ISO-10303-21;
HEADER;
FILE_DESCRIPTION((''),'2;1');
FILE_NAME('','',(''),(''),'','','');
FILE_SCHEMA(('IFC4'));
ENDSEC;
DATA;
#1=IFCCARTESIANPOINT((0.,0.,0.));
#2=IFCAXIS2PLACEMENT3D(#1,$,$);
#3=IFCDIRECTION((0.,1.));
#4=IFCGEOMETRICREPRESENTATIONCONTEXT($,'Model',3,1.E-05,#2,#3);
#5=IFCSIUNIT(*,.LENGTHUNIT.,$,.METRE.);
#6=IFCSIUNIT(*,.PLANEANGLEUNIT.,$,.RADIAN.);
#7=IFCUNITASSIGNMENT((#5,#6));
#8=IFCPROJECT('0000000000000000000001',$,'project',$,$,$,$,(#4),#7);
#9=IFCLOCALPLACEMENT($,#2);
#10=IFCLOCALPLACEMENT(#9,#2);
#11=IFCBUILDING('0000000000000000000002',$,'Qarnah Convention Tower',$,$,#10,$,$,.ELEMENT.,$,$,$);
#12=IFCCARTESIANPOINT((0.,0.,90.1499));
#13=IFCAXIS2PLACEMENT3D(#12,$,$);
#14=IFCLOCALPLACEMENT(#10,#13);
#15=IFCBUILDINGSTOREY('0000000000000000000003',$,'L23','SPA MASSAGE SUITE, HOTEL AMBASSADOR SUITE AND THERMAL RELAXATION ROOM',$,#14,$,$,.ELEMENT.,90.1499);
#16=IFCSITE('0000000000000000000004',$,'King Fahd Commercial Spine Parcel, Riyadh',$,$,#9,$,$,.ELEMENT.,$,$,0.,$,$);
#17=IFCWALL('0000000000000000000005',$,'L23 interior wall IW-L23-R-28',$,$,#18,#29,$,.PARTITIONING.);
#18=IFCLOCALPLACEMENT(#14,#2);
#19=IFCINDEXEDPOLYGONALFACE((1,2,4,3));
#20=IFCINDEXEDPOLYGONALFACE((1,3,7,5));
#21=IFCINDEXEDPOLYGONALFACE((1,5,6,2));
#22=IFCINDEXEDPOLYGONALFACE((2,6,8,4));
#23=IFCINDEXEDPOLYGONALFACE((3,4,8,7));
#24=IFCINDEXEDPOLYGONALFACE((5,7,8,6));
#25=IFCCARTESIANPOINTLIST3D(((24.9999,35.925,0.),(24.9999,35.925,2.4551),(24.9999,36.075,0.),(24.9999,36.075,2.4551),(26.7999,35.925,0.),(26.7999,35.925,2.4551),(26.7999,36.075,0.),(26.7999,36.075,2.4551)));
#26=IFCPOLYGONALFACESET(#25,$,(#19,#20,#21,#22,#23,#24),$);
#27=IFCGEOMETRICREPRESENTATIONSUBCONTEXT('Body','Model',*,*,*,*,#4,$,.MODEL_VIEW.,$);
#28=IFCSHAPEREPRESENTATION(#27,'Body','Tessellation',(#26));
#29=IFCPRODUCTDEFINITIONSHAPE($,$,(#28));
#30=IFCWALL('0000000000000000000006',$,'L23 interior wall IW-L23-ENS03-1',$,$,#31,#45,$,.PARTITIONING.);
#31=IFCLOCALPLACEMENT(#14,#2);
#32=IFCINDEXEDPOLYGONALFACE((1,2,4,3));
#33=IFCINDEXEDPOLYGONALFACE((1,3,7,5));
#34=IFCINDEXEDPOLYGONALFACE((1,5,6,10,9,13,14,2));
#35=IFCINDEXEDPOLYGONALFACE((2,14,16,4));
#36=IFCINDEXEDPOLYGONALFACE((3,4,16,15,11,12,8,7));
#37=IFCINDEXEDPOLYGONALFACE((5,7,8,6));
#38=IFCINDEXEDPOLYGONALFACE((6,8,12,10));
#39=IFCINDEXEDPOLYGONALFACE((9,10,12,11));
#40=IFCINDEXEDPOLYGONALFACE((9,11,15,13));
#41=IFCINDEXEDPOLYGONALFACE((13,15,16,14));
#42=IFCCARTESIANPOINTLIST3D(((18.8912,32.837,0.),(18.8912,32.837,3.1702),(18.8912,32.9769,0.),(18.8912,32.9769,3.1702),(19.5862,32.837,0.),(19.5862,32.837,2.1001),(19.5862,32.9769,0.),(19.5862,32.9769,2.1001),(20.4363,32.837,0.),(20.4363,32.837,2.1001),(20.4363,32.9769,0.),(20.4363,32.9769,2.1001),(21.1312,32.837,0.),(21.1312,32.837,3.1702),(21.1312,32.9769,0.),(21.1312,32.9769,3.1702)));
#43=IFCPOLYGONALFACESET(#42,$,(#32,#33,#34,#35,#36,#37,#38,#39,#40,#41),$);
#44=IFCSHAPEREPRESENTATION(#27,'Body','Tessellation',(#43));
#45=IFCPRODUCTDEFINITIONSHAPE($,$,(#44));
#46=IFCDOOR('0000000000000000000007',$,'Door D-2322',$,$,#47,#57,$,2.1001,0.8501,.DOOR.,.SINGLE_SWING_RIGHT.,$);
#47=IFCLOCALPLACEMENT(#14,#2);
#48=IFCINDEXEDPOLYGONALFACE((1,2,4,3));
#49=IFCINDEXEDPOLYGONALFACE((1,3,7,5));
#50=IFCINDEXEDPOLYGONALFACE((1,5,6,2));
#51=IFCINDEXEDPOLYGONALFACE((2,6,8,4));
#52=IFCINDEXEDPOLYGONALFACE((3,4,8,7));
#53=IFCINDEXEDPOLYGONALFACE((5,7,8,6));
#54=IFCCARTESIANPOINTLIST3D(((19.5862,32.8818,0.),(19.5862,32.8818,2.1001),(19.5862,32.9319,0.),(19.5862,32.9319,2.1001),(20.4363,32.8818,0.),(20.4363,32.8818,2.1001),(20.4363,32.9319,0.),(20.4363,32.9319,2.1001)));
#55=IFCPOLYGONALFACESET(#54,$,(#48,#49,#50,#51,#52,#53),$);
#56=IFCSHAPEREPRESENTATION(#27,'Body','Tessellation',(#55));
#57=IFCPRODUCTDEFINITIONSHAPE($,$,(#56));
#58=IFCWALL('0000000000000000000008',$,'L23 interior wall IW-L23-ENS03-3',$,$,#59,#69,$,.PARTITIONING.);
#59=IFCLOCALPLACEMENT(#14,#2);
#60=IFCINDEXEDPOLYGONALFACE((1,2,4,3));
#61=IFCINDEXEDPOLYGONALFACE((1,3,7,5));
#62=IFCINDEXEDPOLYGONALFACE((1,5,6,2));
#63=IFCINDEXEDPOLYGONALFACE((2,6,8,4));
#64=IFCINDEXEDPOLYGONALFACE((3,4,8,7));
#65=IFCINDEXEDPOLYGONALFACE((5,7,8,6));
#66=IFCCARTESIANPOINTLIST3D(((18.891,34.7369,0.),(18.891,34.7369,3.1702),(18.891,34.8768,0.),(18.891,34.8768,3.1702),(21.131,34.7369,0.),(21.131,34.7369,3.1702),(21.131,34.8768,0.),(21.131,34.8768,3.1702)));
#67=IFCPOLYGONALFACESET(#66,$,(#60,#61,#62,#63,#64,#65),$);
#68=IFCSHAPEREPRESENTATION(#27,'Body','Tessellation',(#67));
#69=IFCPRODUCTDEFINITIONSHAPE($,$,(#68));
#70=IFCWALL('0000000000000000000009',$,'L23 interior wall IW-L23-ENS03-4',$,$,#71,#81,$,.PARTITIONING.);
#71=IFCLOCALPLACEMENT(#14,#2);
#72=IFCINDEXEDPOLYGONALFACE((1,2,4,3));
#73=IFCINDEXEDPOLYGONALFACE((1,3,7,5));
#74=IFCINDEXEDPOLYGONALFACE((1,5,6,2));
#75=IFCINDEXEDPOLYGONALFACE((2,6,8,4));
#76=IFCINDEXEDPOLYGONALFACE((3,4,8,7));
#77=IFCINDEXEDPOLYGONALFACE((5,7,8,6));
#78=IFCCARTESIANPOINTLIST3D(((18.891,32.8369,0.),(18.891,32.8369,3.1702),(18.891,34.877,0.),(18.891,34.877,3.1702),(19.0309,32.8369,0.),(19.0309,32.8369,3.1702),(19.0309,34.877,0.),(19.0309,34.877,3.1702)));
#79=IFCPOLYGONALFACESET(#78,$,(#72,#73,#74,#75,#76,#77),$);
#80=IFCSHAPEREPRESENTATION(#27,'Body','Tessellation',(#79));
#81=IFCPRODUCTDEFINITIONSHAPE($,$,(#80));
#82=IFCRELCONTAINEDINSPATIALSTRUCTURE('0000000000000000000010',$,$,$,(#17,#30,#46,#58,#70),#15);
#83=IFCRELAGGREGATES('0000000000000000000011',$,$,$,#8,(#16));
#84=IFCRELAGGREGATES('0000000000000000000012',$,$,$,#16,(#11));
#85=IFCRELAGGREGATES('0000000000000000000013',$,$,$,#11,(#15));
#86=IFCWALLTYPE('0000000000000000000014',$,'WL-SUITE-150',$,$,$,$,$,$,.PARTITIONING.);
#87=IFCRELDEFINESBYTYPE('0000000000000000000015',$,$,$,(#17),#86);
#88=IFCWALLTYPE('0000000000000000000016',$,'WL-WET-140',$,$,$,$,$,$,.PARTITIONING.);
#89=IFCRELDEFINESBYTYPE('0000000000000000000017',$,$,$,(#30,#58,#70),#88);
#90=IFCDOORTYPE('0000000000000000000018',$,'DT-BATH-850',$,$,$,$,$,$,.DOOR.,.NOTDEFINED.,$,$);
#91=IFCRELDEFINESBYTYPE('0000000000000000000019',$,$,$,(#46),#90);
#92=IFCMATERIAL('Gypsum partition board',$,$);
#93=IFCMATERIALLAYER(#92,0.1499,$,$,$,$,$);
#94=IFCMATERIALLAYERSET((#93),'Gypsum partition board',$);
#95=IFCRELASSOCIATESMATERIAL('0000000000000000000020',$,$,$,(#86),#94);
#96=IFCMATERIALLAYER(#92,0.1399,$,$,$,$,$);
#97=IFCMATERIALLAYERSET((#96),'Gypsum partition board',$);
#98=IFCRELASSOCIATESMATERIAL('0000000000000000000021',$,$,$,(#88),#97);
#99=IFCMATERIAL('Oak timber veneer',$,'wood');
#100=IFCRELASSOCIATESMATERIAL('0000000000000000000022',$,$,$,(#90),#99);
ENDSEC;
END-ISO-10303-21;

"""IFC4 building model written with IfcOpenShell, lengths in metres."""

from ifc_helpers import new_model, si_unit, direction, frame, frame_2d, origin, place, context, subcontext, project, spatial, rectangle, extrude, material, layer, layer_set, type_object, element, fill, save


model = new_model("IFC4")

# Units and contexts
model_context = context("Model", 3, precision=1e-05, world=origin(), true_north=direction((0.0, 1.0)))
body_context = subcontext(model_context, "Body", "Model", "MODEL_VIEW")
ifc_project = project(units=[si_unit("LENGTHUNIT", "METRE"), si_unit("PLANEANGLEUNIT", "RADIAN")], contexts=[model_context])

# Site, building, storey
site_placement = place(None, origin())
site = spatial("IfcSite", under=ifc_project, at=site_placement, Name="King Fahd Commercial Spine Parcel, Riyadh", CompositionType="ELEMENT", RefElevation=0.0)
building_placement = place(site_placement, origin())
building = spatial("IfcBuilding", under=site, at=building_placement, Name="Qarnah Convention Tower", CompositionType="ELEMENT")
storey_placement = place(building_placement, frame((0.0, 0.0, 90.1499)))
storey = spatial("IfcBuildingStorey", under=building, at=storey_placement, Name="L23", Description="SPA MASSAGE SUITE, HOTEL AMBASSADOR SUITE AND THERMAL RELAXATION ROOM", CompositionType="ELEMENT", Elevation=90.1499)

# Wall
ifc_material_1 = material(Name="Gypsum partition board")
ifc_layer_1 = layer(ifc_material_1, 0.1499)
ifc_layer_set_1 = layer_set([ifc_layer_1], Name="Gypsum partition board")
wall_type_1 = type_object("IfcWallType", Name="WL-SUITE-150", PredefinedType="PARTITIONING", material=ifc_layer_set_1)
wall_1_placement = place(storey_placement, frame((25.0, 36.0, 0.0), z_axis=(0.0, 0.0, 1.0), x_axis=(1.0, 0.0, 0.0)))
element("IfcWall", 1, at=wall_1_placement, inside=storey, type_object=wall_type_1, Name="L23 interior wall IW-L23-R-28", PredefinedType="PARTITIONING", context=body_context, shape_type="SweptSolid", body=[
    extrude(rectangle(XDim=1.8, YDim=0.1499, at=frame_2d((0.8999, 0.0))), origin(), (0.0, 0.0, 1.0), 2.4551),
])

# Wall, opening, door
ifc_layer_2 = layer(ifc_material_1, 0.1399)
ifc_layer_set_2 = layer_set([ifc_layer_2], Name="Gypsum partition board")
wall_type_2 = type_object("IfcWallType", Name="WL-WET-140", PredefinedType="PARTITIONING", material=ifc_layer_set_2)
wall_2_placement = place(storey_placement, frame((18.8911, 32.907, 0.0), z_axis=(0.0, 0.0, 1.0), x_axis=(1.0, 0.0, 0.0)))
wall_2 = element("IfcWall", 2, at=wall_2_placement, inside=storey, type_object=wall_type_2, Name="L23 interior wall IW-L23-ENS03-1", PredefinedType="PARTITIONING", context=body_context, shape_type="SweptSolid", body=[
    extrude(rectangle(XDim=2.24, YDim=0.1399, at=frame_2d((1.1201, 0.0))), origin(), (0.0, 0.0, 1.0), 3.1702),
])
opening_1_placement = place(wall_2_placement, frame((0.6951, 0.0, 0.0)))
opening_1 = element("IfcOpeningElement", 3, at=opening_1_placement, cuts=wall_2, PredefinedType="OPENING", context=body_context, shape_type="SweptSolid", body=[
    extrude(rectangle(XDim=0.8501, YDim=2.1001, at=frame_2d((0.425, 1.05))), frame((0.0, 0.0798, 0.0), z_axis=(0.0, -1.0, 0.0), x_axis=(1.0, 0.0, 0.0)), (0.0, 0.0, 1.0), 0.1599),
])
ifc_material_2 = material(Name="Oak timber veneer", Category="wood")
door_type_1 = type_object("IfcDoorType", Name="DT-BATH-850", OperationType="NOTDEFINED", PredefinedType="DOOR", material=ifc_material_2)
door_1_placement = place(opening_1_placement, origin())
door_1 = element("IfcDoor", 4, at=door_1_placement, inside=storey, type_object=door_type_1, Name="Door D-2322", OperationType="SINGLE_SWING_RIGHT", OverallHeight=2.1001, OverallWidth=0.8501, PredefinedType="DOOR", context=body_context, shape_type="SweptSolid", body=[
    extrude(rectangle(XDim=0.8501, YDim=2.1001, at=frame_2d((0.425, 1.05))), frame((0.0, 0.0249, 0.0), z_axis=(0.0, -1.0, 0.0), x_axis=(1.0, 0.0, 0.0)), (0.0, 0.0, 1.0), 0.05),
])
fill(opening_1, door_1)

# Walls
wall_3_placement = place(storey_placement, frame((21.1311, 34.8069, 0.0), z_axis=(0.0, 0.0, 1.0), x_axis=(-1.0, 0.0, 0.0)))
element("IfcWall", 5, at=wall_3_placement, inside=storey, type_object=wall_type_2, Name="L23 interior wall IW-L23-ENS03-3", PredefinedType="PARTITIONING", context=body_context, shape_type="SweptSolid", body=[
    extrude(rectangle(XDim=2.24, YDim=0.1399, at=frame_2d((1.1201, 0.0))), origin(), (0.0, 0.0, 1.0), 3.1702),
])
wall_4_placement = place(storey_placement, frame((18.9609, 34.877, 0.0), z_axis=(0.0, 0.0, 1.0), x_axis=(0.0, -1.0, 0.0)))
element("IfcWall", 6, at=wall_4_placement, inside=storey, type_object=wall_type_2, Name="L23 interior wall IW-L23-ENS03-4", PredefinedType="PARTITIONING", context=body_context, shape_type="SweptSolid", body=[
    extrude(rectangle(XDim=2.04, YDim=0.1399, at=frame_2d((1.02, 0.0))), origin(), (0.0, 0.0, 1.0), 3.1702),
])

save(model, "model.ifc")
